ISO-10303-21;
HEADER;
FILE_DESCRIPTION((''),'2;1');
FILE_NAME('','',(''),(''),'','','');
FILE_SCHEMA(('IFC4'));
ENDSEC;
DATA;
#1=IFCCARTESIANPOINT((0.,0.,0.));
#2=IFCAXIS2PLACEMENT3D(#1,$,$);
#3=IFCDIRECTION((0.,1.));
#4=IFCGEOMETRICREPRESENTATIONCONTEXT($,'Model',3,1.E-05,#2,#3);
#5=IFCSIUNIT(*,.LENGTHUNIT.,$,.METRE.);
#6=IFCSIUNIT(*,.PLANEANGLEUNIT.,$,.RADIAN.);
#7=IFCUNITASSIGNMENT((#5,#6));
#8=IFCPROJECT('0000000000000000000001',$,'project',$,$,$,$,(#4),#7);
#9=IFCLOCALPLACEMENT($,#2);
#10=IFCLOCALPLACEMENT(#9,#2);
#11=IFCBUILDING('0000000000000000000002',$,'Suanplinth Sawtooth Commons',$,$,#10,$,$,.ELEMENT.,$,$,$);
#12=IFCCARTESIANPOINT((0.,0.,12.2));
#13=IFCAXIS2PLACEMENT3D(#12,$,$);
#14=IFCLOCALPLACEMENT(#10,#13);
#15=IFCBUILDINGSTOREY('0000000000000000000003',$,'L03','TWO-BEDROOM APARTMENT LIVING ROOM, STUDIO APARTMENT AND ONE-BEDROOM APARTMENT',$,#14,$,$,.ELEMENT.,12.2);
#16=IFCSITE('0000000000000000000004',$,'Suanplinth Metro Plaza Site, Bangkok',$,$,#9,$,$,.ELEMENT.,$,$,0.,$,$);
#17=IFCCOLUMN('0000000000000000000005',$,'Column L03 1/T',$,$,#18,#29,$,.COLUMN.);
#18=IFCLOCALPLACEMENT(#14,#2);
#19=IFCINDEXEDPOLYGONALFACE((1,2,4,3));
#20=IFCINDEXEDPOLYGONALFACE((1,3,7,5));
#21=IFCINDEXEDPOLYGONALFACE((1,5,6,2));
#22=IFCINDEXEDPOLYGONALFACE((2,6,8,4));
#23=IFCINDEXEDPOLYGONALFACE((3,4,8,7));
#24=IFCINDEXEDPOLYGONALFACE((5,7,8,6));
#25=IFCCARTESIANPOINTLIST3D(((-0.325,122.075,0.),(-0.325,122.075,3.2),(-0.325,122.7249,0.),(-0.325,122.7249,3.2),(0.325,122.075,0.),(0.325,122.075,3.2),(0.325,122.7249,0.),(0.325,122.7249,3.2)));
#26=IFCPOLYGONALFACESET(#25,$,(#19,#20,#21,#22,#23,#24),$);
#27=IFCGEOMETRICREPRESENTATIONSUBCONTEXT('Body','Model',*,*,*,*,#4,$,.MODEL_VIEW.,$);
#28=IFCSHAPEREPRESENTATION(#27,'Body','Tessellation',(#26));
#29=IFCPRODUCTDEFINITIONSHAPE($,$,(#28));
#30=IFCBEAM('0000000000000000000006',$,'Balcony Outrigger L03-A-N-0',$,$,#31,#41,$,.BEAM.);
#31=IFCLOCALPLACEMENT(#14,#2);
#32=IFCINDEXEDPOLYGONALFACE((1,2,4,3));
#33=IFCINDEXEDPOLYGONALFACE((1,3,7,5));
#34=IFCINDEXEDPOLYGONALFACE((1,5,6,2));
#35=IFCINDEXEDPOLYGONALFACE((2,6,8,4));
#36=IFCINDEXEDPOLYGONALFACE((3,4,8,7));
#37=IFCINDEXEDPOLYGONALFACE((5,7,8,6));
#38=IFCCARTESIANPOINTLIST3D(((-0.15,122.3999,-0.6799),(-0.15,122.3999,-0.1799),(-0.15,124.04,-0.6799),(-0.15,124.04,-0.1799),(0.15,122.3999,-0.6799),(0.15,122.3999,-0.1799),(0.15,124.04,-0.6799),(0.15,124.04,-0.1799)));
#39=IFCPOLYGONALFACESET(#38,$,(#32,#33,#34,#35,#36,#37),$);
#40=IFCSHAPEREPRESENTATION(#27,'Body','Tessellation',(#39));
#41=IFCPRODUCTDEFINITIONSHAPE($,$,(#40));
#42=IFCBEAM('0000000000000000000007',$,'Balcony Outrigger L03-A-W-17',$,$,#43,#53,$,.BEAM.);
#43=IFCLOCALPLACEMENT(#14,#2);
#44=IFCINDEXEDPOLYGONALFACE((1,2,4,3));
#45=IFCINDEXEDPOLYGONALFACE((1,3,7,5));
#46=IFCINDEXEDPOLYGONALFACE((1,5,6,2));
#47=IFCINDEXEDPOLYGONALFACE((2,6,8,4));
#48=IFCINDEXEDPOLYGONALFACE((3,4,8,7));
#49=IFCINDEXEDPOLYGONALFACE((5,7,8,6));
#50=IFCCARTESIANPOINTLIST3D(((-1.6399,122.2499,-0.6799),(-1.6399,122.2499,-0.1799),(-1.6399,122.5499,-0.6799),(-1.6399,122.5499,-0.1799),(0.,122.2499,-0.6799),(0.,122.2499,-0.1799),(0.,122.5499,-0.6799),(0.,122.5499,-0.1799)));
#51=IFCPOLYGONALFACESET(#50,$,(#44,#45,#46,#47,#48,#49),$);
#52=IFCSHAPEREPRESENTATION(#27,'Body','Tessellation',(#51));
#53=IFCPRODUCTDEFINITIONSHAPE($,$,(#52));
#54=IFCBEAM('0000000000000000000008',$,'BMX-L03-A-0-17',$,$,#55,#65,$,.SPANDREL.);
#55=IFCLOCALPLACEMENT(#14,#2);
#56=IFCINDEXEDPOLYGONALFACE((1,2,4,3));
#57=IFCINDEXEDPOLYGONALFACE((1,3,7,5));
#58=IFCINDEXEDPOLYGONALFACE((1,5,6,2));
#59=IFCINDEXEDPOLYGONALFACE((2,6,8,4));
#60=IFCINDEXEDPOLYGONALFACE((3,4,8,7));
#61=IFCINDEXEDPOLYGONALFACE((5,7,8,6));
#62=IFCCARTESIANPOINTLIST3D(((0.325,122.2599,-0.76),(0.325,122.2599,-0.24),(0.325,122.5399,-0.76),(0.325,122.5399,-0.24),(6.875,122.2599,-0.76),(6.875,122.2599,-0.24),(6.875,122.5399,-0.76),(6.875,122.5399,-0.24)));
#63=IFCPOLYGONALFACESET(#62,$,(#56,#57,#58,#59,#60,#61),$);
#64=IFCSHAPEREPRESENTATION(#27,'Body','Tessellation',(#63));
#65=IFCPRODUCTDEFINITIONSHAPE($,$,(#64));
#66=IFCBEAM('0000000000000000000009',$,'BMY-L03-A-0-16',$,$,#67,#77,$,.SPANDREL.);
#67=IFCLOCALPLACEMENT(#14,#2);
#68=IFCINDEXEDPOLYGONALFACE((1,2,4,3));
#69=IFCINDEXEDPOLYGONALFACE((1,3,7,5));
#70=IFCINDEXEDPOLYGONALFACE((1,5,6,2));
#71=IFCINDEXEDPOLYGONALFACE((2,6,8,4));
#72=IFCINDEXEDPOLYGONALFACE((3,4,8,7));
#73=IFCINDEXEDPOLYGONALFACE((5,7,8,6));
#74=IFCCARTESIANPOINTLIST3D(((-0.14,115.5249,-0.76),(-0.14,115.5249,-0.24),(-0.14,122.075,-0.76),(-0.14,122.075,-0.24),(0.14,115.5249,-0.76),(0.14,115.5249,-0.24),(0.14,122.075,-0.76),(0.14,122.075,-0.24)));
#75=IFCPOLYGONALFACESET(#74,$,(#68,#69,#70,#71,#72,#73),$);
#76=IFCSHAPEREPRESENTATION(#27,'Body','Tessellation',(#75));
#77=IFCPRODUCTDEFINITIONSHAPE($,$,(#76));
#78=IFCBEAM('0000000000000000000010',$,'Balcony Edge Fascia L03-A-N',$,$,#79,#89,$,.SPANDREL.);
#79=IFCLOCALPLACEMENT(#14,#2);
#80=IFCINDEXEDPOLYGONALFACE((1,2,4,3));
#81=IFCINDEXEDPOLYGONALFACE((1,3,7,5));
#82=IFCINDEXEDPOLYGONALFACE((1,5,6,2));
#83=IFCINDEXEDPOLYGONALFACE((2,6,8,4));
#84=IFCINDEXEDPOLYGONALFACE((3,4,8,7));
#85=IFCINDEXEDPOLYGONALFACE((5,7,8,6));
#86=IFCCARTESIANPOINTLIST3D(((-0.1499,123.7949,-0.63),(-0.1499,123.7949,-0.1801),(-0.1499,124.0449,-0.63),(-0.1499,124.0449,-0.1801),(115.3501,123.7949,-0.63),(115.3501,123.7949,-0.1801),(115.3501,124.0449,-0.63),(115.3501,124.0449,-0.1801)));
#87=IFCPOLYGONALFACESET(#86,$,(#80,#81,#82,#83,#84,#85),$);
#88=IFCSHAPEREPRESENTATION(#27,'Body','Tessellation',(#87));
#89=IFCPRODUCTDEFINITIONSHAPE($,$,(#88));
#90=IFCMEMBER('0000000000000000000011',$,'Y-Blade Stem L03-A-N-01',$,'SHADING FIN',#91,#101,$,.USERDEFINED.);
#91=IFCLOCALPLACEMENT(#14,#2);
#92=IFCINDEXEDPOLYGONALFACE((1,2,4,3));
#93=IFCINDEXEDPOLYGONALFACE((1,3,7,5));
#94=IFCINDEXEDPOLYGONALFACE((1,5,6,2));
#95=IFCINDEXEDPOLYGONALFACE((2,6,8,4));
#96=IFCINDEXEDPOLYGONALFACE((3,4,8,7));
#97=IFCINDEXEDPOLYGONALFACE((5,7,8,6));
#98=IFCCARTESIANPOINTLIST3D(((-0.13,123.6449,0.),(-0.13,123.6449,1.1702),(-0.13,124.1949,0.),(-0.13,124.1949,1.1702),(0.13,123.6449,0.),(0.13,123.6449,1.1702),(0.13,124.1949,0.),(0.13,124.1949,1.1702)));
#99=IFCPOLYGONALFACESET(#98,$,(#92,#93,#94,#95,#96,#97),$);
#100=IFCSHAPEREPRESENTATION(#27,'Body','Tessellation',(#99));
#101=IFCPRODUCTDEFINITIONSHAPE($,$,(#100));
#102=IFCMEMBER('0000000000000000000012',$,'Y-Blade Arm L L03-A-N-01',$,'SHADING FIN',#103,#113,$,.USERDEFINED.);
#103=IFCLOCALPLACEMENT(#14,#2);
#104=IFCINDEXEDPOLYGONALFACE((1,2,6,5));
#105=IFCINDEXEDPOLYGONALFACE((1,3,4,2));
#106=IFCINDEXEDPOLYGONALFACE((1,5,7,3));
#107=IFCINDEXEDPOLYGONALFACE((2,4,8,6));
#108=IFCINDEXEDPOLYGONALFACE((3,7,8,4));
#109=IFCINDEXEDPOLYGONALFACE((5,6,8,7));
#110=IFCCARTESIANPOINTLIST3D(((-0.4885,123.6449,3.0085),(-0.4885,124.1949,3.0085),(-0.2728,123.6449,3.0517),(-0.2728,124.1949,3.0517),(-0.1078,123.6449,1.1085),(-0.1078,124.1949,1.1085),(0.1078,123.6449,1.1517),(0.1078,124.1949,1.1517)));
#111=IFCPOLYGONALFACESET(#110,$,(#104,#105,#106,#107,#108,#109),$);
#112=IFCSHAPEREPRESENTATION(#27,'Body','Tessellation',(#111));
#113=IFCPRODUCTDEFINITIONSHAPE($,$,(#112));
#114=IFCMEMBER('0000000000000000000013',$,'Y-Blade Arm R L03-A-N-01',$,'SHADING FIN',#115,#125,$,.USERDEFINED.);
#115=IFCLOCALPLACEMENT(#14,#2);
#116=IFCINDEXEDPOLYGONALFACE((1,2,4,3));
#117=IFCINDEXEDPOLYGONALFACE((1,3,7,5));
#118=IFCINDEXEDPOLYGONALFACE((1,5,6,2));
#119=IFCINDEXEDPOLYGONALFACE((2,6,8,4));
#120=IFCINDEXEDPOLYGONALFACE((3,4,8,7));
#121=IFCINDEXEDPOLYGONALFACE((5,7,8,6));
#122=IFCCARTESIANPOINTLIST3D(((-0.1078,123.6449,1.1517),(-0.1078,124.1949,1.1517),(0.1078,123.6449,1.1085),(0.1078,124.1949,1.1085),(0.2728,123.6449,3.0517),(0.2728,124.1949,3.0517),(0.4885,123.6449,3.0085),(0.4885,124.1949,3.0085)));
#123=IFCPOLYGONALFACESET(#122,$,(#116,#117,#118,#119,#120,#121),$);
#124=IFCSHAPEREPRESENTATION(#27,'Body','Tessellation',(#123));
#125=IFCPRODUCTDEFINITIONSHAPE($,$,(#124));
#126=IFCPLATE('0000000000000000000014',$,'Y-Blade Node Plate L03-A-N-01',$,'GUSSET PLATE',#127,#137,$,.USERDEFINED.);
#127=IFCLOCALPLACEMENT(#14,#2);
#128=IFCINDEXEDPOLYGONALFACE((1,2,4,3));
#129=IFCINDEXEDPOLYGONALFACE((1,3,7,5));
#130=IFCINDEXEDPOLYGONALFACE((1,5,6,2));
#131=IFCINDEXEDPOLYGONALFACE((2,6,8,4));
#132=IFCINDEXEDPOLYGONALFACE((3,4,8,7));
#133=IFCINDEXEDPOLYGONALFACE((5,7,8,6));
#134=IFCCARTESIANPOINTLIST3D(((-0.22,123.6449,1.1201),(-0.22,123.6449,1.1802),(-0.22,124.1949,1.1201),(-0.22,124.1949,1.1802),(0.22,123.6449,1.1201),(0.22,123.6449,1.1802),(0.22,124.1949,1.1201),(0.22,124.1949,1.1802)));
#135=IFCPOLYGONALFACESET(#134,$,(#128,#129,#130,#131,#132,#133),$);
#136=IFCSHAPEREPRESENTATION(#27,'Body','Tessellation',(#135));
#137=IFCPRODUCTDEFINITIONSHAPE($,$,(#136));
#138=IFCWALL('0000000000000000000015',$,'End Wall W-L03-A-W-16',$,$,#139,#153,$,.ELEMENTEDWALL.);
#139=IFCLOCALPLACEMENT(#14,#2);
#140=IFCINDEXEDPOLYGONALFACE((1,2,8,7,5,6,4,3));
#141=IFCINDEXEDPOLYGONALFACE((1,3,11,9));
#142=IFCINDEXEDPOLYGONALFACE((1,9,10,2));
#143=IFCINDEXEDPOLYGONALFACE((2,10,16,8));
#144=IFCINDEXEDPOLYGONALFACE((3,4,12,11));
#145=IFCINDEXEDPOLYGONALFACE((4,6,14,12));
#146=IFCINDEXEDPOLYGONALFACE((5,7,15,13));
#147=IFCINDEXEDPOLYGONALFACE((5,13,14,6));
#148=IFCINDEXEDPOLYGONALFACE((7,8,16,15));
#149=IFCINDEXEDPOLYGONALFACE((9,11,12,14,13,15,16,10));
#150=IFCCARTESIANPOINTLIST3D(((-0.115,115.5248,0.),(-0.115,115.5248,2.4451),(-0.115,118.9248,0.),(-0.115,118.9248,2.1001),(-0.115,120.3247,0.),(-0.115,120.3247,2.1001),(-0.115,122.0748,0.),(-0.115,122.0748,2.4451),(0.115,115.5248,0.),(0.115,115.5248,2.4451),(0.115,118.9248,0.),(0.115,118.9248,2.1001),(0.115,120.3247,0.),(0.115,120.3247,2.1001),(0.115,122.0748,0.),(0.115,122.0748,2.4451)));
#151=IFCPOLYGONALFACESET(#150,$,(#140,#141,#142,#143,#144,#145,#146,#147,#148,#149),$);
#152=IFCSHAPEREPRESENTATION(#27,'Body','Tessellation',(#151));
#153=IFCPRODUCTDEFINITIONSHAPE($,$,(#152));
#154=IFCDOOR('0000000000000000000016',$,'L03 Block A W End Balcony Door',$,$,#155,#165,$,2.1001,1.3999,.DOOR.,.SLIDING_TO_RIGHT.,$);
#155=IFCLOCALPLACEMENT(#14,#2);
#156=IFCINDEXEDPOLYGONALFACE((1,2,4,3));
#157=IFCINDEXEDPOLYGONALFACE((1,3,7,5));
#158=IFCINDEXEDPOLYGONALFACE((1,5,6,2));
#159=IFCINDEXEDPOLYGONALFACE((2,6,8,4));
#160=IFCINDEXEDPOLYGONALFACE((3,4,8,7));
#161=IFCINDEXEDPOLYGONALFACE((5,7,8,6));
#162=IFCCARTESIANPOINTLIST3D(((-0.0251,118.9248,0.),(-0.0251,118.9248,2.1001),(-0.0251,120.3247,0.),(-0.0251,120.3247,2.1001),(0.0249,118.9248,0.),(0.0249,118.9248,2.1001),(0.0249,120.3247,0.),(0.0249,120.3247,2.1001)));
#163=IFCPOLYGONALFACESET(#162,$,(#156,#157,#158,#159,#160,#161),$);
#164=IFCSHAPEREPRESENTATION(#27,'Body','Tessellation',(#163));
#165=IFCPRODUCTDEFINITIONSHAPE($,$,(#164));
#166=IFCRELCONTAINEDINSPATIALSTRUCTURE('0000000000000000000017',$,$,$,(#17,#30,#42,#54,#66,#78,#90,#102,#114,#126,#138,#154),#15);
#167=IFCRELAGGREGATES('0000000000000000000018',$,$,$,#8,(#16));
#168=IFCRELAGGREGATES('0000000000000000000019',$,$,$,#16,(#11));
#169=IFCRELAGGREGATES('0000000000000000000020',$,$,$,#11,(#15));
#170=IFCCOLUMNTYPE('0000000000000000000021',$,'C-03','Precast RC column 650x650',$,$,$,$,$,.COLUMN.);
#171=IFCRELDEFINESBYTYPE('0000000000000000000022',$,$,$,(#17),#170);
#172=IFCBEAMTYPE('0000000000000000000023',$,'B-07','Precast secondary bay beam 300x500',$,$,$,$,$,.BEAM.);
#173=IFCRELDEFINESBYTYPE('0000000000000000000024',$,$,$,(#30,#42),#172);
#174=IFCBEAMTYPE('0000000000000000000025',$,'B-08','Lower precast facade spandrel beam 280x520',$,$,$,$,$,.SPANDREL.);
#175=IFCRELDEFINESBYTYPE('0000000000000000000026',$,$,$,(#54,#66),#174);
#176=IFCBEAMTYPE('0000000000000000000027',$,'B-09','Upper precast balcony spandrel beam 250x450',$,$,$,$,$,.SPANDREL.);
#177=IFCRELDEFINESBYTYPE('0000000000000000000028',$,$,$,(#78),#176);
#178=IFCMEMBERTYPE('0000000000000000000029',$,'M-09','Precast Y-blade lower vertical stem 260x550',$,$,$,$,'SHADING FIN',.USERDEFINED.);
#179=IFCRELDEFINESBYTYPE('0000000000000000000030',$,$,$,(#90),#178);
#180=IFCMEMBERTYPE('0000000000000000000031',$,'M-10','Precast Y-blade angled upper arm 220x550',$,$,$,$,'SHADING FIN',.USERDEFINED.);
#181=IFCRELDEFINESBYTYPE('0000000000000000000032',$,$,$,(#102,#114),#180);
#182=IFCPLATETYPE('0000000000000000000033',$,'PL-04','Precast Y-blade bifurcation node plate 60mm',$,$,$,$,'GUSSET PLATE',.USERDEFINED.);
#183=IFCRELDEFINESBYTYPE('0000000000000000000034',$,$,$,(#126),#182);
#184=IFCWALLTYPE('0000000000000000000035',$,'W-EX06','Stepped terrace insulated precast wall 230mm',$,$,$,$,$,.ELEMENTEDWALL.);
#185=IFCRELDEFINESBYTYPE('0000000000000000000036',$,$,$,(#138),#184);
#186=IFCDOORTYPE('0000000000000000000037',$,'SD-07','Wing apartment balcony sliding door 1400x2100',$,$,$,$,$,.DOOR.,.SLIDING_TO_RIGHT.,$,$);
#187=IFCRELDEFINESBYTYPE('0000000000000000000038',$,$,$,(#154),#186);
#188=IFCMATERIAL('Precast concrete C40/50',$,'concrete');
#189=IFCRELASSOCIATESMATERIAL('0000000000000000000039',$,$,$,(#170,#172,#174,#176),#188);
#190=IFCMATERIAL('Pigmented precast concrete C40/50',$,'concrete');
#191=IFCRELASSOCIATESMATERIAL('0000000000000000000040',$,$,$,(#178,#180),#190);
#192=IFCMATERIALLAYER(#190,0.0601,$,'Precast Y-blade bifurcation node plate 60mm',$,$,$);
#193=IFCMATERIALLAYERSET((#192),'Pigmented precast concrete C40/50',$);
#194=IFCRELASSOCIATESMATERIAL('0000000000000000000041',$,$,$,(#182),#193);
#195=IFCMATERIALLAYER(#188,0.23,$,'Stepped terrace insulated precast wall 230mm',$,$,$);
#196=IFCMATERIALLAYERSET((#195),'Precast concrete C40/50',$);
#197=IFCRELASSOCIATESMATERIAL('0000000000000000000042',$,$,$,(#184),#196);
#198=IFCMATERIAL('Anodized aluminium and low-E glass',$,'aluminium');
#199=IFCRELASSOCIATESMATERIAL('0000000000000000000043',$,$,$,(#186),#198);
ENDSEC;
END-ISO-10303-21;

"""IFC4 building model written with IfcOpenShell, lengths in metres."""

from ifc_helpers import new_model, si_unit, direction, frame, frame_2d, origin, origin_2d, place, context, subcontext, project, spatial, rectangle, extrude, material, layer, layer_set, material_profile, profile_set, type_object, element, fill, save


model = new_model("IFC4")

# Units and contexts
model_context = context("Model", 3, precision=1e-05, world=origin(), true_north=direction((0.0, 1.0)))
body_context = subcontext(model_context, "Body", "Model", "MODEL_VIEW")
ifc_project = project(units=[si_unit("LENGTHUNIT", "METRE"), si_unit("PLANEANGLEUNIT", "RADIAN")], contexts=[model_context])

# Site, building, storey
site_placement = place(None, origin())
site = spatial("IfcSite", under=ifc_project, at=site_placement, Name="Suanplinth Metro Plaza Site, Bangkok", CompositionType="ELEMENT", RefElevation=0.0)
building_placement = place(site_placement, origin())
building = spatial("IfcBuilding", under=site, at=building_placement, Name="Suanplinth Sawtooth Commons", CompositionType="ELEMENT")
storey_placement = place(building_placement, frame((0.0, 0.0, 12.2)))
storey = spatial("IfcBuildingStorey", under=building, at=storey_placement, Name="L03", Description="TWO-BEDROOM APARTMENT LIVING ROOM, STUDIO APARTMENT AND ONE-BEDROOM APARTMENT", CompositionType="ELEMENT", Elevation=12.2)

# Column
ifc_material_1 = material(Name="Precast concrete C40/50", Category="concrete")
ifc_material_profile_1 = material_profile(ifc_material_1, rectangle(XDim=0.6499, YDim=0.6499, at=origin_2d()), Name="PC-COL 650x650")
ifc_profile_set_1 = profile_set([ifc_material_profile_1], Name="Precast concrete C40/50")
column_type = type_object("IfcColumnType", Name="C-03", Description="Precast RC column 650x650", PredefinedType="COLUMN", material=ifc_profile_set_1)
column_placement = place(storey_placement, frame((0.0, 122.3999, 0.0), z_axis=(0.0, 0.0, 1.0), x_axis=(1.0, 0.0, 0.0)))
element("IfcColumn", 1, at=column_placement, inside=storey, type_object=column_type, Name="Column L03 1/T", PredefinedType="COLUMN", context=body_context, shape_type="SweptSolid", body=[
    extrude(rectangle(XDim=0.6499, YDim=0.6499, at=origin_2d()), origin(), (0.0, 0.0, 1.0), 3.2),
])

# Beams
ifc_material_profile_2 = material_profile(ifc_material_1, rectangle(XDim=0.3, YDim=0.5, at=origin_2d()), Name="PC-BM 300x500")
ifc_profile_set_2 = profile_set([ifc_material_profile_2], Name="Precast concrete C40/50")
beam_type_1 = type_object("IfcBeamType", Name="B-07", Description="Precast secondary bay beam 300x500", PredefinedType="BEAM", material=ifc_profile_set_2)
beam_1_placement = place(storey_placement, frame((0.0, 122.3999, -0.4299), z_axis=(0.0, 1.0, 0.0), x_axis=(-1.0, 0.0, 0.0)))
element("IfcBeam", 2, at=beam_1_placement, inside=storey, type_object=beam_type_1, Name="Balcony Outrigger L03-A-N-0", PredefinedType="BEAM", context=body_context, shape_type="SweptSolid", body=[
    extrude(rectangle(XDim=0.3, YDim=0.5, at=origin_2d()), origin(), (0.0, 0.0, 1.0), 1.6401),
])
beam_2_placement = place(storey_placement, frame((0.0, 122.3999, -0.4299), z_axis=(-1.0, 0.0, 0.0), x_axis=(0.0, -1.0, 0.0)))
element("IfcBeam", 3, at=beam_2_placement, inside=storey, type_object=beam_type_1, Name="Balcony Outrigger L03-A-W-17", PredefinedType="BEAM", context=body_context, shape_type="SweptSolid", body=[
    extrude(rectangle(XDim=0.3, YDim=0.5, at=origin_2d()), origin(), (0.0, 0.0, 1.0), 1.6399),
])
ifc_material_profile_3 = material_profile(ifc_material_1, rectangle(XDim=0.28, YDim=0.52, at=origin_2d()), Name="PC-SP 280x520")
ifc_profile_set_3 = profile_set([ifc_material_profile_3], Name="Precast concrete C40/50")
beam_type_2 = type_object("IfcBeamType", Name="B-08", Description="Lower precast facade spandrel beam 280x520", PredefinedType="SPANDREL", material=ifc_profile_set_3)
for number, where, z_axis, x_axis, name in (
    (4, (0.325, 122.3999, -0.5), (1.0, 0.0, 0.0), (0.0, 1.0, 0.0), "BMX-L03-A-0-17"),
    (5, (0.0, 115.5249, -0.5), (0.0, 1.0, 0.0), (-1.0, 0.0, 0.0), "BMY-L03-A-0-16"),
):
    element("IfcBeam", number, at=place(storey_placement, frame(where, z_axis=z_axis, x_axis=x_axis)), inside=storey, type_object=beam_type_2, Name=name, PredefinedType="SPANDREL", context=body_context, shape_type="SweptSolid", body=[
        extrude(rectangle(XDim=0.28, YDim=0.52, at=origin_2d()), origin(), (0.0, 0.0, 1.0), 6.55),
    ])
ifc_material_profile_4 = material_profile(ifc_material_1, rectangle(XDim=0.25, YDim=0.45, at=origin_2d()), Name="PC-SP 250x450")
ifc_profile_set_4 = profile_set([ifc_material_profile_4], Name="Precast concrete C40/50")
beam_type_3 = type_object("IfcBeamType", Name="B-09", Description="Upper precast balcony spandrel beam 250x450", PredefinedType="SPANDREL", material=ifc_profile_set_4)
beam_3_placement = place(storey_placement, frame((-0.1499, 123.9199, -0.405), z_axis=(1.0, 0.0, 0.0), x_axis=(0.0, 1.0, 0.0)))
element("IfcBeam", 6, at=beam_3_placement, inside=storey, type_object=beam_type_3, Name="Balcony Edge Fascia L03-A-N", PredefinedType="SPANDREL", context=body_context, shape_type="SweptSolid", body=[
    extrude(rectangle(XDim=0.25, YDim=0.45, at=origin_2d()), origin(), (0.0, 0.0, 1.0), 115.5),
])

# Members
ifc_material_2 = material(Name="Pigmented precast concrete C40/50", Category="concrete")
ifc_material_profile_5 = material_profile(ifc_material_2, rectangle(XDim=0.26, YDim=0.55, at=origin_2d()), Name="PC-FIN 260x550")
ifc_profile_set_5 = profile_set([ifc_material_profile_5], Name="Pigmented precast concrete C40/50")
member_type_1 = type_object("IfcMemberType", Name="M-09", Description="Precast Y-blade lower vertical stem 260x550", ElementType="SHADING FIN", PredefinedType="USERDEFINED", material=ifc_profile_set_5)
member_placement = place(storey_placement, frame((0.0, 123.9199, 0.0), z_axis=(0.0, 0.0, 1.0), x_axis=(1.0, 0.0, 0.0)))
element("IfcMember", 7, at=member_placement, inside=storey, type_object=member_type_1, Name="Y-Blade Stem L03-A-N-01", ObjectType="SHADING FIN", PredefinedType="USERDEFINED", context=body_context, shape_type="SweptSolid", body=[
    extrude(rectangle(XDim=0.26, YDim=0.55, at=origin_2d()), origin(), (0.0, 0.0, 1.0), 1.1702),
])
ifc_material_profile_6 = material_profile(ifc_material_2, rectangle(XDim=0.22, YDim=0.55, at=origin_2d()), Name="PC-FIN 220x550")
ifc_profile_set_6 = profile_set([ifc_material_profile_6], Name="Pigmented precast concrete C40/50")
member_type_2 = type_object("IfcMemberType", Name="M-10", Description="Precast Y-blade angled upper arm 220x550", ElementType="SHADING FIN", PredefinedType="USERDEFINED", material=ifc_profile_set_6)
for number, where, z_axis, x_axis, name in (
    (8, (0.0, 123.9199, 1.1301), (-0.196431, 0.0, 0.980518), (0.980518, 0.0, 0.196431), "Y-Blade Arm L L03-A-N-01"),
    (9, (0.0, 123.9199, 1.1301), (0.196431, 0.0, 0.980518), (-0.980518, 0.0, 0.196431), "Y-Blade Arm R L03-A-N-01"),
):
    element("IfcMember", number, at=place(storey_placement, frame(where, z_axis=z_axis, x_axis=x_axis)), inside=storey, type_object=member_type_2, Name=name, ObjectType="SHADING FIN", PredefinedType="USERDEFINED", context=body_context, shape_type="SweptSolid", body=[
        extrude(rectangle(XDim=0.22, YDim=0.55, at=origin_2d()), origin(), (0.0, 0.0, 1.0), 1.9377),
    ])

# Plate
ifc_layer_1 = layer(ifc_material_2, 0.0601, Name="Precast Y-blade bifurcation node plate 60mm")
ifc_layer_set_1 = layer_set([ifc_layer_1], Name="Pigmented precast concrete C40/50")
plate_type = type_object("IfcPlateType", Name="PL-04", Description="Precast Y-blade bifurcation node plate 60mm", ElementType="GUSSET PLATE", PredefinedType="USERDEFINED", material=ifc_layer_set_1)
plate_placement = place(storey_placement, frame((0.0, 123.9199, 1.1201), z_axis=(0.0, 0.0, 1.0), x_axis=(1.0, 0.0, 0.0)))
element("IfcPlate", 10, at=plate_placement, inside=storey, type_object=plate_type, Name="Y-Blade Node Plate L03-A-N-01", ObjectType="GUSSET PLATE", PredefinedType="USERDEFINED", context=body_context, shape_type="SweptSolid", body=[
    extrude(rectangle(XDim=0.4399, YDim=0.55, at=origin_2d()), origin(), (0.0, 0.0, 1.0), 0.0601),
])

# Shared definitions
ifc_material_3 = material(Name="Anodized aluminium and low-E glass", Category="aluminium")

# Wall, opening, door
ifc_layer_2 = layer(ifc_material_1, 0.23, Name="Stepped terrace insulated precast wall 230mm")
ifc_layer_set_2 = layer_set([ifc_layer_2], Name="Precast concrete C40/50")
wall_type_1 = type_object("IfcWallType", Name="W-EX06", Description="Stepped terrace insulated precast wall 230mm", PredefinedType="ELEMENTEDWALL", material=ifc_layer_set_2)
wall_1_placement = place(storey_placement, frame((0.0, 115.5249, 0.0), z_axis=(0.0, 0.0, 1.0), x_axis=(0.0, 1.0, 0.0)))
wall_1 = element("IfcWall", 11, at=wall_1_placement, inside=storey, type_object=wall_type_1, Name="End Wall W-L03-A-W-16", PredefinedType="ELEMENTEDWALL", context=body_context, shape_type="SweptSolid", body=[
    extrude(rectangle(XDim=6.55, YDim=0.23, at=frame_2d((3.2749, 0.0))), origin(), (0.0, 0.0, 1.0), 2.4451),
])
opening_1_placement = place(wall_1_placement, frame((3.3999, 0.0, 0.0)))
opening_1 = element("IfcOpeningElement", 12, at=opening_1_placement, cuts=wall_1, PredefinedType="OPENING", context=body_context, shape_type="SweptSolid", body=[
    extrude(rectangle(XDim=1.3999, YDim=2.1001, at=frame_2d((0.7, 1.05))), frame((0.0, 0.1299, 0.0), z_axis=(0.0, -1.0, 0.0), x_axis=(1.0, 0.0, 0.0)), (0.0, 0.0, 1.0), 0.2598),
])
door_type_1 = type_object("IfcDoorType", Name="SD-07", Description="Wing apartment balcony sliding door 1400x2100", OperationType="SLIDING_TO_RIGHT", PredefinedType="DOOR", material=ifc_material_3)
door_1_placement = place(opening_1_placement, frame((1.3999, 0.0, 0.0), z_axis=(0.0, 0.0, 1.0), x_axis=(-1.0, 0.0, 0.0)))
door_1 = element("IfcDoor", 13, at=door_1_placement, inside=storey, type_object=door_type_1, Name="L03 Block A W End Balcony Door", OperationType="SLIDING_TO_RIGHT", OverallHeight=2.1001, OverallWidth=1.3999, PredefinedType="DOOR", context=body_context, shape_type="SweptSolid", body=[
    extrude(rectangle(XDim=1.3999, YDim=2.1001, at=frame_2d((0.7, 1.05))), frame((0.0, 0.0249, 0.0), z_axis=(0.0, -1.0, 0.0), x_axis=(1.0, 0.0, 0.0)), (0.0, 0.0, 1.0), 0.05),
])
fill(opening_1, door_1)

save(model, "model.ifc")
